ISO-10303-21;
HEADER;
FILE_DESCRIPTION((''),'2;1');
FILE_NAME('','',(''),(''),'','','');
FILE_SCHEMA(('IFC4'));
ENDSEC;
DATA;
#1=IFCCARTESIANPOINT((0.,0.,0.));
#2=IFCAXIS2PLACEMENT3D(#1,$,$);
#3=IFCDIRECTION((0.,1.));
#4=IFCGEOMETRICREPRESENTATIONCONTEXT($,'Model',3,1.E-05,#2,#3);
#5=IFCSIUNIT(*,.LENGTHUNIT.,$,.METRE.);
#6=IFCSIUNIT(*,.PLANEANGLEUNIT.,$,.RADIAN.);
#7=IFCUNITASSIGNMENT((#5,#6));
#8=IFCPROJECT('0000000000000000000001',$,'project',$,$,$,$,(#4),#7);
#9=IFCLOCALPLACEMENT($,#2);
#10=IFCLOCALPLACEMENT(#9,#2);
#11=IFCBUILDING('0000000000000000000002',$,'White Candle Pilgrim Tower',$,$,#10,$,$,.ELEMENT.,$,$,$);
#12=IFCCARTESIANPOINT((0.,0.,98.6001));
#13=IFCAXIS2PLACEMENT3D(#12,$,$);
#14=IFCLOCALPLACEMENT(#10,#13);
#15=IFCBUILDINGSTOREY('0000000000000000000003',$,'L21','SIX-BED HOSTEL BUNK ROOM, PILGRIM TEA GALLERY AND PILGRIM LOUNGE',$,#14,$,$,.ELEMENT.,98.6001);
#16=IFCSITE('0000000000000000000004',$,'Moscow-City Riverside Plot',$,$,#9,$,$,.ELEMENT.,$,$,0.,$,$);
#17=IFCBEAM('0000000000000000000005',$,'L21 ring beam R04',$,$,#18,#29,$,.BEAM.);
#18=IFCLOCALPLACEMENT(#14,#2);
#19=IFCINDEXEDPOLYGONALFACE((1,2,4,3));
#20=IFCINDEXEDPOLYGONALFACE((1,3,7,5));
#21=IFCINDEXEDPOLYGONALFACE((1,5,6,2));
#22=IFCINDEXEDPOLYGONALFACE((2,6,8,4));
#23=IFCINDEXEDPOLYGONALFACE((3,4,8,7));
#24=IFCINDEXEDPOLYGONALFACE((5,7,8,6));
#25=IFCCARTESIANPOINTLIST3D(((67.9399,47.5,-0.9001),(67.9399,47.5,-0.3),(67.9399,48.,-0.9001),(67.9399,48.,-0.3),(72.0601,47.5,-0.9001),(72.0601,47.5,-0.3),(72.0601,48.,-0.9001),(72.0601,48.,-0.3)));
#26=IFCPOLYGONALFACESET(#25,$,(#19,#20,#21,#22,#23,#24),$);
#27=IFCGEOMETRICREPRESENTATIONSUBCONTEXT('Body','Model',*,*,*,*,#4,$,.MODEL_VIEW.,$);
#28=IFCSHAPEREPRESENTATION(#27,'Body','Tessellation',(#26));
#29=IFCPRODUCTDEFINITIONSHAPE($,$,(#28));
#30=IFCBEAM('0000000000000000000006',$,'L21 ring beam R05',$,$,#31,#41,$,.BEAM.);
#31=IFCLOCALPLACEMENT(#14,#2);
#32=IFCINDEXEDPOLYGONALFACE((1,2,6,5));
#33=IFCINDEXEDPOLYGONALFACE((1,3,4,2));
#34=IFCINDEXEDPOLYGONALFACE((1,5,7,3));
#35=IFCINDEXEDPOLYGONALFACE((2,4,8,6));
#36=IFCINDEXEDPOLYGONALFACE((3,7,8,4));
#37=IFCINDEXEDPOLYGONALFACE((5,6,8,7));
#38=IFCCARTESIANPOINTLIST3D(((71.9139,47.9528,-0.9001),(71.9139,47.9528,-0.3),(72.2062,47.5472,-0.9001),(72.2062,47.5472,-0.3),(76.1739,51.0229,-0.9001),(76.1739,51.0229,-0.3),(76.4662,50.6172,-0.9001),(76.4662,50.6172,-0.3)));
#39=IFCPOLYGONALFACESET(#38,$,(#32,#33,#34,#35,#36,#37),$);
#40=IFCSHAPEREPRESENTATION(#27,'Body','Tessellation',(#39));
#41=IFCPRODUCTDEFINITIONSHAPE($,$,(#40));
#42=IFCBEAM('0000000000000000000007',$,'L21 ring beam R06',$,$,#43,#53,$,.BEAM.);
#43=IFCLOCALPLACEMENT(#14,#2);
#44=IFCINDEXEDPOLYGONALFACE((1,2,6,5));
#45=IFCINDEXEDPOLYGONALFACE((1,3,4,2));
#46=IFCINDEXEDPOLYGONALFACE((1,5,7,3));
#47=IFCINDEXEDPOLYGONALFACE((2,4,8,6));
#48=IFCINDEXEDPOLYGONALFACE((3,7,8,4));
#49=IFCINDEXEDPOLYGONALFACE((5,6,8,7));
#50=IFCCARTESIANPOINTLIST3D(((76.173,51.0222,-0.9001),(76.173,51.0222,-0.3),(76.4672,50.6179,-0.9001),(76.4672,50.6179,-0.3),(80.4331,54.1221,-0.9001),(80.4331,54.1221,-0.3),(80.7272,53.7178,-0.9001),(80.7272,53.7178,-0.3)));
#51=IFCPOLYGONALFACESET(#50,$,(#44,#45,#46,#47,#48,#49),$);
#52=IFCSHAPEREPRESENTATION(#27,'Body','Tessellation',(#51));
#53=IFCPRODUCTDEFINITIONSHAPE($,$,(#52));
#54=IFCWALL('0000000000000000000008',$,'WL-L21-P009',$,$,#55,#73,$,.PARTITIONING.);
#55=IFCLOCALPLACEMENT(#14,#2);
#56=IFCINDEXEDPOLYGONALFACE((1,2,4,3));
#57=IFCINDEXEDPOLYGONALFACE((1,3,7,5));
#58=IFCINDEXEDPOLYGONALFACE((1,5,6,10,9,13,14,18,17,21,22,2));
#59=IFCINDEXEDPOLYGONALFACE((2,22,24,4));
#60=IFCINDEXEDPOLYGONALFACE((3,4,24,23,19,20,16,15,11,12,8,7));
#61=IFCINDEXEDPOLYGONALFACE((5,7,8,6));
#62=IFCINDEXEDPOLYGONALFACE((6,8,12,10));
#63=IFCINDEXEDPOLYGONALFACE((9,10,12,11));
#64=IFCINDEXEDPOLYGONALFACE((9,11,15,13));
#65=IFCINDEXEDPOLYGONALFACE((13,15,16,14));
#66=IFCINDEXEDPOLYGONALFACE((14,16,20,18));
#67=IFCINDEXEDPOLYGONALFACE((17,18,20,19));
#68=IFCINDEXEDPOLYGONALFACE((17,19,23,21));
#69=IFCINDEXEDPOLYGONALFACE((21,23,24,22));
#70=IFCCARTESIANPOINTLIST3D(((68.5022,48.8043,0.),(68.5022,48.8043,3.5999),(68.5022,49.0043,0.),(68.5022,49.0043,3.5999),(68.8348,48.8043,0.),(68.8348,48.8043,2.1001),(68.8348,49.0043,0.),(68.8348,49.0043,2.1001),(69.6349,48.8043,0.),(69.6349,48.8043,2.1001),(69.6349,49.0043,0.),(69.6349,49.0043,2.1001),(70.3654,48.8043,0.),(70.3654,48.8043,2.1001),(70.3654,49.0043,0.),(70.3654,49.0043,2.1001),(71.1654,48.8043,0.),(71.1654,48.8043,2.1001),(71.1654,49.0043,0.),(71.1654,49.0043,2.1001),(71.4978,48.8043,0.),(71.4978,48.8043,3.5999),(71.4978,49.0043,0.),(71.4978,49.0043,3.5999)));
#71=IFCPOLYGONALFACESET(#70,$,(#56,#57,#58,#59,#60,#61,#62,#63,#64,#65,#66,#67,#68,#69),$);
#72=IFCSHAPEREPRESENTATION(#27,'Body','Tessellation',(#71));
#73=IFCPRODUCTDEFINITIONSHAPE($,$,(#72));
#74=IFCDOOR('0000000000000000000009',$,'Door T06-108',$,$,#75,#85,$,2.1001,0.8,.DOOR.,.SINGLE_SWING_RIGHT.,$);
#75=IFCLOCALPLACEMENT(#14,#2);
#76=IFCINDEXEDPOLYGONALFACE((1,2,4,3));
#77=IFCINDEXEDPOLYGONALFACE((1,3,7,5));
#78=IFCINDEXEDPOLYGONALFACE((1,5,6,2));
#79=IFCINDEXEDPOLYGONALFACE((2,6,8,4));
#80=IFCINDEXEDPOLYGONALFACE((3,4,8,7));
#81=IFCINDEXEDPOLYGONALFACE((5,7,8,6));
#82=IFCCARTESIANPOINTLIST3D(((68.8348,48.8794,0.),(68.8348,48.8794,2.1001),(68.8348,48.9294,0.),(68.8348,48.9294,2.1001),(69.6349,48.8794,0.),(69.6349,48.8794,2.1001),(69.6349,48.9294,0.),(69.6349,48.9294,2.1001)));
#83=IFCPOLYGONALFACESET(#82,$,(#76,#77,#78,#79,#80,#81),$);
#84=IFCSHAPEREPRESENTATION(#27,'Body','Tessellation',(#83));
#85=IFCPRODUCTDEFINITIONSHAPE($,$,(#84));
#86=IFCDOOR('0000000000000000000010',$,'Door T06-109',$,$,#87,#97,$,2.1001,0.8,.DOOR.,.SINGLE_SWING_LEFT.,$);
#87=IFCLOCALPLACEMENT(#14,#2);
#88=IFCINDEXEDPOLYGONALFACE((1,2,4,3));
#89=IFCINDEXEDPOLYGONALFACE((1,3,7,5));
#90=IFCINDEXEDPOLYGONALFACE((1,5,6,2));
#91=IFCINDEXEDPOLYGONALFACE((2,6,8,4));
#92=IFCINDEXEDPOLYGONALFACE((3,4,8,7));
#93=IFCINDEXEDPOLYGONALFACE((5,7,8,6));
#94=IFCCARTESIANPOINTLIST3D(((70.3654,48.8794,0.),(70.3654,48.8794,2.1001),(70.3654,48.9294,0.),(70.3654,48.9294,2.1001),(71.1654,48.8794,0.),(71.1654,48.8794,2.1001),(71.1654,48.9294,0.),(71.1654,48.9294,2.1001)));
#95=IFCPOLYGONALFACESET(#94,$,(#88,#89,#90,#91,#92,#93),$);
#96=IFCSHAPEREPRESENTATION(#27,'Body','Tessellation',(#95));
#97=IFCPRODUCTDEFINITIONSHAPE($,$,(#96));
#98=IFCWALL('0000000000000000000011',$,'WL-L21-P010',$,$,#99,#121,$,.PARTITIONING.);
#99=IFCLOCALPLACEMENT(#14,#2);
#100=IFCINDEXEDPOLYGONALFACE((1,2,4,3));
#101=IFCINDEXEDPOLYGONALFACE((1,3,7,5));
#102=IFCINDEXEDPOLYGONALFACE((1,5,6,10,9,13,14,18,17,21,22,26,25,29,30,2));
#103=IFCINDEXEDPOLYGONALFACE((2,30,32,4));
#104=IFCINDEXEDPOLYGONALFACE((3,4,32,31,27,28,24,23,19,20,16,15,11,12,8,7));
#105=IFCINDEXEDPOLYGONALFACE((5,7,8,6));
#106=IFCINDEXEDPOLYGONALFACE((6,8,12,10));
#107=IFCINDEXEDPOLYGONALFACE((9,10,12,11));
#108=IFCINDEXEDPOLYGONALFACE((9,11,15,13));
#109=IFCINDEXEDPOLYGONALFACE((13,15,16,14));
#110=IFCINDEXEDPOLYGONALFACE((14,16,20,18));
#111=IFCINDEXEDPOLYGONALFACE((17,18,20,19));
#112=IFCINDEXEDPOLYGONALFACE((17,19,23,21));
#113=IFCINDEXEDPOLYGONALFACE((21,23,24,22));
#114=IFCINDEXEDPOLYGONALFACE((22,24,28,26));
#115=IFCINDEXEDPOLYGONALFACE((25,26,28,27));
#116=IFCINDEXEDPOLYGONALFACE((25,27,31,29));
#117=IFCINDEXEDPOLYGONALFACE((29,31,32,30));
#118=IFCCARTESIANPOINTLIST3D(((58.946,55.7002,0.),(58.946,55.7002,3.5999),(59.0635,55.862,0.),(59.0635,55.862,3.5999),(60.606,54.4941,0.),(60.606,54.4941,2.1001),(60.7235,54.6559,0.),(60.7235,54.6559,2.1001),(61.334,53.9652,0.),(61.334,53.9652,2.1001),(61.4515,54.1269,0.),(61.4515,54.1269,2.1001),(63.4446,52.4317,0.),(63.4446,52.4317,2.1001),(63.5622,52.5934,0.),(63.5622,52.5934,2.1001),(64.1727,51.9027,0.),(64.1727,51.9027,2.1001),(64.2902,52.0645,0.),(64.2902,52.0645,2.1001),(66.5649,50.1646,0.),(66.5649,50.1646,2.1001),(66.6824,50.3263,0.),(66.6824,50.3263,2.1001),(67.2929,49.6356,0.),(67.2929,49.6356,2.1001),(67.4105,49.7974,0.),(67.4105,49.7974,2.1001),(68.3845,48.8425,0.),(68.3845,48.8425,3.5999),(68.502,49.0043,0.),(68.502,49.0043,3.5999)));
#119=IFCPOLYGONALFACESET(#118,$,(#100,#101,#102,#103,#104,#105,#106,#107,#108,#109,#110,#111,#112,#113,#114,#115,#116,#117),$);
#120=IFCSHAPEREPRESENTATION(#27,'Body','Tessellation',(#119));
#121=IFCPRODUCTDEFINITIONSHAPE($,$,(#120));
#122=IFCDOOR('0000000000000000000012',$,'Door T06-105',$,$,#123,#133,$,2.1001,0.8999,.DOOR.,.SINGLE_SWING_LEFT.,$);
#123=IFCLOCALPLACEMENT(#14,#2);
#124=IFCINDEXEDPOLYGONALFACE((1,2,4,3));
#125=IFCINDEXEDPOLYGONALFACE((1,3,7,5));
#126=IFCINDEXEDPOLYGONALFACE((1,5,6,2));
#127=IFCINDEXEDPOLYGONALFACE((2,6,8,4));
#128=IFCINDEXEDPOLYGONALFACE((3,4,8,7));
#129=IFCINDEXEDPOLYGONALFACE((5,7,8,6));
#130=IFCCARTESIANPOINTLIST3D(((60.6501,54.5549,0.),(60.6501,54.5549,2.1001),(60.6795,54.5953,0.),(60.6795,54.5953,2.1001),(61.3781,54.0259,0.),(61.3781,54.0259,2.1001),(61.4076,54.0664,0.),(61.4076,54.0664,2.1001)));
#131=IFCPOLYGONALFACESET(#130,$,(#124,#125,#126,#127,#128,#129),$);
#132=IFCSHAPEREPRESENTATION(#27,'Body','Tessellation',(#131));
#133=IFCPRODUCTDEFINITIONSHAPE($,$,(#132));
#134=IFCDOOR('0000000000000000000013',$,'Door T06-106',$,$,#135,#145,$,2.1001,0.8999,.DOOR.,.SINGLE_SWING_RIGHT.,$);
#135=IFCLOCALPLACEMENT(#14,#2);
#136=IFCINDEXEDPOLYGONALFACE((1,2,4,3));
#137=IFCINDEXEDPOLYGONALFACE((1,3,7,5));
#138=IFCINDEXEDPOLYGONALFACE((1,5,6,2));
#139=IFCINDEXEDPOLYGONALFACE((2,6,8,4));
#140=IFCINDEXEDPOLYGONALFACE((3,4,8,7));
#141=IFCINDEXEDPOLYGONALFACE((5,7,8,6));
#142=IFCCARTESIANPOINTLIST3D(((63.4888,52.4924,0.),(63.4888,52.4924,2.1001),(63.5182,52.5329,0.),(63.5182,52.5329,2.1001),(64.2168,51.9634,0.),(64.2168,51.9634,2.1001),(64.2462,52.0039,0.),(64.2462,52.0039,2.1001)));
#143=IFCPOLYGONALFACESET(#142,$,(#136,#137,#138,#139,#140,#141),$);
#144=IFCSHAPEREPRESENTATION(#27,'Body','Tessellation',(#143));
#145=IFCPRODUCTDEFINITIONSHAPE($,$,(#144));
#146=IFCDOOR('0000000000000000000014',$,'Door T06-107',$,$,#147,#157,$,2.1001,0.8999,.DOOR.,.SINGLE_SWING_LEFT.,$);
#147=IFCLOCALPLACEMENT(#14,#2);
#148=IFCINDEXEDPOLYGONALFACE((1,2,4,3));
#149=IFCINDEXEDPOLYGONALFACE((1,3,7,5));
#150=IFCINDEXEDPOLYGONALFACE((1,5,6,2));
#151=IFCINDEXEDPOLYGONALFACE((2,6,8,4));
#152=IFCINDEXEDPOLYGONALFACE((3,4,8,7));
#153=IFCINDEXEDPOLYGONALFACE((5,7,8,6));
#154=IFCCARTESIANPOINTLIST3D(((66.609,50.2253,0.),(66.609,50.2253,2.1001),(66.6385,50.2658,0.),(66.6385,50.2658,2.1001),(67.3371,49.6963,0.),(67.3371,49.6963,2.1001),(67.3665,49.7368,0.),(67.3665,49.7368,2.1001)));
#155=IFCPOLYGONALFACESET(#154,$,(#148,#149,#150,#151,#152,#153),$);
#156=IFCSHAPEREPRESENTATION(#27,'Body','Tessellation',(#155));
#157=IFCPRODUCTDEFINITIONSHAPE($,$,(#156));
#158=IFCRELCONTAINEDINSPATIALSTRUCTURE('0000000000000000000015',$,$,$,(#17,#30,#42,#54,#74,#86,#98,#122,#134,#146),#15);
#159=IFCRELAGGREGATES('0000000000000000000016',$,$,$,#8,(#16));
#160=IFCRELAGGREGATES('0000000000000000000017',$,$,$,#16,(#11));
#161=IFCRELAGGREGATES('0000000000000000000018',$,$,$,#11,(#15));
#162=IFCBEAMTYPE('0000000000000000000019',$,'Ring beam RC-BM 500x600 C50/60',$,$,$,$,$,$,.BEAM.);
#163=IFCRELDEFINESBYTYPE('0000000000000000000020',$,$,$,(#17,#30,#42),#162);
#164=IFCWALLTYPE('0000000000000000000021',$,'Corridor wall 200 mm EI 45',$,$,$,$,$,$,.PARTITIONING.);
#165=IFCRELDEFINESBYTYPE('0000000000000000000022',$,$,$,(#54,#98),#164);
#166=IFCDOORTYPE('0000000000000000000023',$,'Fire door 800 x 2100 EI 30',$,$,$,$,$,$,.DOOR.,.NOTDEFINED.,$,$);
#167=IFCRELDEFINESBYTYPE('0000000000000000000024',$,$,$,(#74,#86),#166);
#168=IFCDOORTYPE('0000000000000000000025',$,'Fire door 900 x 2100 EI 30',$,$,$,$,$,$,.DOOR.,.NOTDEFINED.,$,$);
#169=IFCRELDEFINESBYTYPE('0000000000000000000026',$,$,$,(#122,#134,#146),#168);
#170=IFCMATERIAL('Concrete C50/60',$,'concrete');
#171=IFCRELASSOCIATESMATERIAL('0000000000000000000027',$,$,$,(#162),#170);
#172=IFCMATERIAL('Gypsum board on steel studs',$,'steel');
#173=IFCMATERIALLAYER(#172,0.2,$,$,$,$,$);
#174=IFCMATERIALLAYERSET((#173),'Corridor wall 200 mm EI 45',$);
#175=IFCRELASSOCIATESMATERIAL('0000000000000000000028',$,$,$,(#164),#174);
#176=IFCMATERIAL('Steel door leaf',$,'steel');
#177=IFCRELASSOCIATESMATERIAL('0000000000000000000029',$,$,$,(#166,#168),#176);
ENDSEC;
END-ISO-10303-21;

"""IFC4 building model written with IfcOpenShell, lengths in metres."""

from ifc_helpers import new_model, si_unit, direction, frame, frame_2d, origin, origin_2d, place, context, subcontext, project, spatial, rectangle, extrude, material, layer, layer_set, material_profile, profile_set, type_object, element, fill, save


model = new_model("IFC4")

# Units and contexts
model_context = context("Model", 3, precision=1e-05, world=origin(), true_north=direction((0.0, 1.0)))
body_context = subcontext(model_context, "Body", "Model", "MODEL_VIEW")
ifc_project = project(units=[si_unit("LENGTHUNIT", "METRE"), si_unit("PLANEANGLEUNIT", "RADIAN")], contexts=[model_context])

# Site, building, storey
site_placement = place(None, origin())
site = spatial("IfcSite", under=ifc_project, at=site_placement, Name="Moscow-City Riverside Plot", CompositionType="ELEMENT", RefElevation=0.0)
building_placement = place(site_placement, origin())
building = spatial("IfcBuilding", under=site, at=building_placement, Name="White Candle Pilgrim Tower", CompositionType="ELEMENT")
storey_placement = place(building_placement, frame((0.0, 0.0, 98.6001)))
storey = spatial("IfcBuildingStorey", under=building, at=storey_placement, Name="L21", Description="SIX-BED HOSTEL BUNK ROOM, PILGRIM TEA GALLERY AND PILGRIM LOUNGE", CompositionType="ELEMENT", Elevation=98.6001)

# Beams
ifc_material_1 = material(Name="Concrete C50/60", Category="concrete")
ifc_material_profile_1 = material_profile(ifc_material_1, rectangle(XDim=0.5, YDim=0.6001, at=origin_2d()), Name="RC-BM 500x600")
ifc_profile_set_1 = profile_set([ifc_material_profile_1], Name="Concrete C50/60")
beam_type = type_object("IfcBeamType", Name="Ring beam RC-BM 500x600 C50/60", PredefinedType="BEAM", material=ifc_profile_set_1)
beam_1_placement = place(storey_placement, frame((67.9399, 47.75, -0.6001), z_axis=(1.0, 0.0, 0.0), x_axis=(0.0, 1.0, 0.0)))
element("IfcBeam", 1, at=beam_1_placement, inside=storey, type_object=beam_type, Name="L21 ring beam R04", PredefinedType="BEAM", context=body_context, shape_type="SweptSolid", body=[
    extrude(rectangle(XDim=0.5, YDim=0.6001, at=origin_2d()), origin(), (0.0, 0.0, 1.0), 4.1201),
])
beam_2_placement = place(storey_placement, frame((72.0601, 47.75, -0.6001), z_axis=(0.811276, 0.584664, 0.0), x_axis=(-0.584664, 0.811276, 0.0)))
element("IfcBeam", 2, at=beam_2_placement, inside=storey, type_object=beam_type, Name="L21 ring beam R05", PredefinedType="BEAM", context=body_context, shape_type="SweptSolid", body=[
    extrude(rectangle(XDim=0.5, YDim=0.6001, at=origin_2d()), origin(), (0.0, 0.0, 1.0), 5.251),
])
beam_3_placement = place(storey_placement, frame((76.3201, 50.8201, -0.6001), z_axis=(0.808586, 0.588378, 0.0), x_axis=(-0.588378, 0.808586, 0.0)))
element("IfcBeam", 3, at=beam_3_placement, inside=storey, type_object=beam_type, Name="L21 ring beam R06", PredefinedType="BEAM", context=body_context, shape_type="SweptSolid", body=[
    extrude(rectangle(XDim=0.5, YDim=0.6001, at=origin_2d()), origin(), (0.0, 0.0, 1.0), 5.2686),
])

# Walls, openings, doors
ifc_material_2 = material(Name="Gypsum board on steel studs", Category="steel")
ifc_layer_1 = layer(ifc_material_2, 0.2)
ifc_layer_set_1 = layer_set([ifc_layer_1], Name="Corridor wall 200 mm EI 45")
wall_type_1 = type_object("IfcWallType", Name="Corridor wall 200 mm EI 45", PredefinedType="PARTITIONING", material=ifc_layer_set_1)
wall_1_placement = place(storey_placement, frame((71.4978, 48.9043, 0.0), z_axis=(0.0, 0.0, 1.0), x_axis=(-1.0, 0.0, 0.0)))
wall_1 = element("IfcWall", 4, at=wall_1_placement, inside=storey, type_object=wall_type_1, Name="WL-L21-P009", PredefinedType="PARTITIONING", context=body_context, shape_type="SweptSolid", body=[
    extrude(rectangle(XDim=2.9956, YDim=0.2, at=frame_2d((1.4978, 0.0))), origin(), (0.0, 0.0, 1.0), 3.5999),
])
opening_1_placement = place(wall_1_placement, frame((1.863, 0.0, 0.0)))
opening_1 = element("IfcOpeningElement", 5, at=opening_1_placement, cuts=wall_1, PredefinedType="OPENING", context=body_context, shape_type="SweptSolid", body=[
    extrude(rectangle(XDim=0.8, YDim=2.1001, at=frame_2d((0.3999, 1.05))), frame((0.0, 0.1099, 0.0), z_axis=(0.0, -1.0, 0.0), x_axis=(1.0, 0.0, 0.0)), (0.0, 0.0, 1.0), 0.22),
])
opening_2_placement = place(wall_1_placement, frame((0.3325, 0.0, 0.0)))
opening_2 = element("IfcOpeningElement", 6, at=opening_2_placement, cuts=wall_1, PredefinedType="OPENING", context=body_context, shape_type="SweptSolid", body=[
    extrude(rectangle(XDim=0.8, YDim=2.1001, at=frame_2d((0.3999, 1.05))), frame((0.0, 0.1099, 0.0), z_axis=(0.0, -1.0, 0.0), x_axis=(1.0, 0.0, 0.0)), (0.0, 0.0, 1.0), 0.22),
])
ifc_material_3 = material(Name="Steel door leaf", Category="steel")
door_type_1 = type_object("IfcDoorType", Name="Fire door 800 x 2100 EI 30", OperationType="NOTDEFINED", PredefinedType="DOOR", material=ifc_material_3)
door_1_placement = place(opening_1_placement, origin())
door_1 = element("IfcDoor", 7, at=door_1_placement, inside=storey, type_object=door_type_1, Name="Door T06-108", OperationType="SINGLE_SWING_RIGHT", OverallHeight=2.1001, OverallWidth=0.8, PredefinedType="DOOR", context=body_context, shape_type="SweptSolid", body=[
    extrude(rectangle(XDim=0.8, YDim=2.1001, at=frame_2d((0.3999, 1.05))), frame((0.0, 0.0249, 0.0), z_axis=(0.0, -1.0, 0.0), x_axis=(1.0, 0.0, 0.0)), (0.0, 0.0, 1.0), 0.05),
])
fill(opening_1, door_1)
door_2_placement = place(opening_2_placement, origin())
door_2 = element("IfcDoor", 8, at=door_2_placement, inside=storey, type_object=door_type_1, Name="Door T06-109", OperationType="SINGLE_SWING_LEFT", OverallHeight=2.1001, OverallWidth=0.8, PredefinedType="DOOR", context=body_context, shape_type="SweptSolid", body=[
    extrude(rectangle(XDim=0.8, YDim=2.1001, at=frame_2d((0.3999, 1.05))), frame((0.0, 0.0249, 0.0), z_axis=(0.0, -1.0, 0.0), x_axis=(1.0, 0.0, 0.0)), (0.0, 0.0, 1.0), 0.05),
])
fill(opening_2, door_2)
wall_2_placement = place(storey_placement, frame((68.4434, 48.9233, 0.0), z_axis=(0.0, 0.0, 1.0), x_axis=(-0.809008, 0.587797, 0.0)))
wall_2 = element("IfcWall", 9, at=wall_2_placement, inside=storey, type_object=wall_type_1, Name="WL-L21-P010", PredefinedType="PARTITIONING", context=body_context, shape_type="SweptSolid", body=[
    extrude(rectangle(XDim=11.6667, YDim=0.2, at=frame_2d((5.8335, 0.0))), origin(), (0.0, 0.0, 1.0), 3.5999),
])
opening_3_placement = place(wall_2_placement, frame((8.7151, 0.0, 0.0)))
opening_3 = element("IfcOpeningElement", 10, at=opening_3_placement, cuts=wall_2, PredefinedType="OPENING", context=body_context, shape_type="SweptSolid", body=[
    extrude(rectangle(XDim=0.8999, YDim=2.1001, at=frame_2d((0.45, 1.05))), frame((0.0, 0.1099, 0.0), z_axis=(0.0, -1.0, 0.0), x_axis=(1.0, 0.0, 0.0)), (0.0, 0.0, 1.0), 0.22),
])
opening_4_placement = place(wall_2_placement, frame((5.2063, 0.0, 0.0)))
opening_4 = element("IfcOpeningElement", 11, at=opening_4_placement, cuts=wall_2, PredefinedType="OPENING", context=body_context, shape_type="SweptSolid", body=[
    extrude(rectangle(XDim=0.8999, YDim=2.1001, at=frame_2d((0.45, 1.05))), frame((0.0, 0.1099, 0.0), z_axis=(0.0, -1.0, 0.0), x_axis=(1.0, 0.0, 0.0)), (0.0, 0.0, 1.0), 0.22),
])
opening_5_placement = place(wall_2_placement, frame((1.3494, 0.0, 0.0)))
opening_5 = element("IfcOpeningElement", 12, at=opening_5_placement, cuts=wall_2, PredefinedType="OPENING", context=body_context, shape_type="SweptSolid", body=[
    extrude(rectangle(XDim=0.8999, YDim=2.1001, at=frame_2d((0.45, 1.05))), frame((0.0, 0.1099, 0.0), z_axis=(0.0, -1.0, 0.0), x_axis=(1.0, 0.0, 0.0)), (0.0, 0.0, 1.0), 0.22),
])
door_type_2 = type_object("IfcDoorType", Name="Fire door 900 x 2100 EI 30", OperationType="NOTDEFINED", PredefinedType="DOOR", material=ifc_material_3)
door_3_placement = place(opening_3_placement, origin())
door_3 = element("IfcDoor", 13, at=door_3_placement, inside=storey, type_object=door_type_2, Name="Door T06-105", OperationType="SINGLE_SWING_LEFT", OverallHeight=2.1001, OverallWidth=0.8999, PredefinedType="DOOR", context=body_context, shape_type="SweptSolid", body=[
    extrude(rectangle(XDim=0.8999, YDim=2.1001, at=frame_2d((0.45, 1.05))), frame((0.0, 0.0249, 0.0), z_axis=(0.0, -1.0, 0.0), x_axis=(1.0, 0.0, 0.0)), (0.0, 0.0, 1.0), 0.05),
])
fill(opening_3, door_3)
door_4_placement = place(opening_4_placement, origin())
door_4 = element("IfcDoor", 14, at=door_4_placement, inside=storey, type_object=door_type_2, Name="Door T06-106", OperationType="SINGLE_SWING_RIGHT", OverallHeight=2.1001, OverallWidth=0.8999, PredefinedType="DOOR", context=body_context, shape_type="SweptSolid", body=[
    extrude(rectangle(XDim=0.8999, YDim=2.1001, at=frame_2d((0.45, 1.05))), frame((0.0, 0.0249, 0.0), z_axis=(0.0, -1.0, 0.0), x_axis=(1.0, 0.0, 0.0)), (0.0, 0.0, 1.0), 0.05),
])
fill(opening_4, door_4)
door_5_placement = place(opening_5_placement, origin())
door_5 = element("IfcDoor", 15, at=door_5_placement, inside=storey, type_object=door_type_2, Name="Door T06-107", OperationType="SINGLE_SWING_LEFT", OverallHeight=2.1001, OverallWidth=0.8999, PredefinedType="DOOR", context=body_context, shape_type="SweptSolid", body=[
    extrude(rectangle(XDim=0.8999, YDim=2.1001, at=frame_2d((0.45, 1.05))), frame((0.0, 0.0249, 0.0), z_axis=(0.0, -1.0, 0.0), x_axis=(1.0, 0.0, 0.0)), (0.0, 0.0, 1.0), 0.05),
])
fill(opening_5, door_5)

save(model, "model.ifc")
